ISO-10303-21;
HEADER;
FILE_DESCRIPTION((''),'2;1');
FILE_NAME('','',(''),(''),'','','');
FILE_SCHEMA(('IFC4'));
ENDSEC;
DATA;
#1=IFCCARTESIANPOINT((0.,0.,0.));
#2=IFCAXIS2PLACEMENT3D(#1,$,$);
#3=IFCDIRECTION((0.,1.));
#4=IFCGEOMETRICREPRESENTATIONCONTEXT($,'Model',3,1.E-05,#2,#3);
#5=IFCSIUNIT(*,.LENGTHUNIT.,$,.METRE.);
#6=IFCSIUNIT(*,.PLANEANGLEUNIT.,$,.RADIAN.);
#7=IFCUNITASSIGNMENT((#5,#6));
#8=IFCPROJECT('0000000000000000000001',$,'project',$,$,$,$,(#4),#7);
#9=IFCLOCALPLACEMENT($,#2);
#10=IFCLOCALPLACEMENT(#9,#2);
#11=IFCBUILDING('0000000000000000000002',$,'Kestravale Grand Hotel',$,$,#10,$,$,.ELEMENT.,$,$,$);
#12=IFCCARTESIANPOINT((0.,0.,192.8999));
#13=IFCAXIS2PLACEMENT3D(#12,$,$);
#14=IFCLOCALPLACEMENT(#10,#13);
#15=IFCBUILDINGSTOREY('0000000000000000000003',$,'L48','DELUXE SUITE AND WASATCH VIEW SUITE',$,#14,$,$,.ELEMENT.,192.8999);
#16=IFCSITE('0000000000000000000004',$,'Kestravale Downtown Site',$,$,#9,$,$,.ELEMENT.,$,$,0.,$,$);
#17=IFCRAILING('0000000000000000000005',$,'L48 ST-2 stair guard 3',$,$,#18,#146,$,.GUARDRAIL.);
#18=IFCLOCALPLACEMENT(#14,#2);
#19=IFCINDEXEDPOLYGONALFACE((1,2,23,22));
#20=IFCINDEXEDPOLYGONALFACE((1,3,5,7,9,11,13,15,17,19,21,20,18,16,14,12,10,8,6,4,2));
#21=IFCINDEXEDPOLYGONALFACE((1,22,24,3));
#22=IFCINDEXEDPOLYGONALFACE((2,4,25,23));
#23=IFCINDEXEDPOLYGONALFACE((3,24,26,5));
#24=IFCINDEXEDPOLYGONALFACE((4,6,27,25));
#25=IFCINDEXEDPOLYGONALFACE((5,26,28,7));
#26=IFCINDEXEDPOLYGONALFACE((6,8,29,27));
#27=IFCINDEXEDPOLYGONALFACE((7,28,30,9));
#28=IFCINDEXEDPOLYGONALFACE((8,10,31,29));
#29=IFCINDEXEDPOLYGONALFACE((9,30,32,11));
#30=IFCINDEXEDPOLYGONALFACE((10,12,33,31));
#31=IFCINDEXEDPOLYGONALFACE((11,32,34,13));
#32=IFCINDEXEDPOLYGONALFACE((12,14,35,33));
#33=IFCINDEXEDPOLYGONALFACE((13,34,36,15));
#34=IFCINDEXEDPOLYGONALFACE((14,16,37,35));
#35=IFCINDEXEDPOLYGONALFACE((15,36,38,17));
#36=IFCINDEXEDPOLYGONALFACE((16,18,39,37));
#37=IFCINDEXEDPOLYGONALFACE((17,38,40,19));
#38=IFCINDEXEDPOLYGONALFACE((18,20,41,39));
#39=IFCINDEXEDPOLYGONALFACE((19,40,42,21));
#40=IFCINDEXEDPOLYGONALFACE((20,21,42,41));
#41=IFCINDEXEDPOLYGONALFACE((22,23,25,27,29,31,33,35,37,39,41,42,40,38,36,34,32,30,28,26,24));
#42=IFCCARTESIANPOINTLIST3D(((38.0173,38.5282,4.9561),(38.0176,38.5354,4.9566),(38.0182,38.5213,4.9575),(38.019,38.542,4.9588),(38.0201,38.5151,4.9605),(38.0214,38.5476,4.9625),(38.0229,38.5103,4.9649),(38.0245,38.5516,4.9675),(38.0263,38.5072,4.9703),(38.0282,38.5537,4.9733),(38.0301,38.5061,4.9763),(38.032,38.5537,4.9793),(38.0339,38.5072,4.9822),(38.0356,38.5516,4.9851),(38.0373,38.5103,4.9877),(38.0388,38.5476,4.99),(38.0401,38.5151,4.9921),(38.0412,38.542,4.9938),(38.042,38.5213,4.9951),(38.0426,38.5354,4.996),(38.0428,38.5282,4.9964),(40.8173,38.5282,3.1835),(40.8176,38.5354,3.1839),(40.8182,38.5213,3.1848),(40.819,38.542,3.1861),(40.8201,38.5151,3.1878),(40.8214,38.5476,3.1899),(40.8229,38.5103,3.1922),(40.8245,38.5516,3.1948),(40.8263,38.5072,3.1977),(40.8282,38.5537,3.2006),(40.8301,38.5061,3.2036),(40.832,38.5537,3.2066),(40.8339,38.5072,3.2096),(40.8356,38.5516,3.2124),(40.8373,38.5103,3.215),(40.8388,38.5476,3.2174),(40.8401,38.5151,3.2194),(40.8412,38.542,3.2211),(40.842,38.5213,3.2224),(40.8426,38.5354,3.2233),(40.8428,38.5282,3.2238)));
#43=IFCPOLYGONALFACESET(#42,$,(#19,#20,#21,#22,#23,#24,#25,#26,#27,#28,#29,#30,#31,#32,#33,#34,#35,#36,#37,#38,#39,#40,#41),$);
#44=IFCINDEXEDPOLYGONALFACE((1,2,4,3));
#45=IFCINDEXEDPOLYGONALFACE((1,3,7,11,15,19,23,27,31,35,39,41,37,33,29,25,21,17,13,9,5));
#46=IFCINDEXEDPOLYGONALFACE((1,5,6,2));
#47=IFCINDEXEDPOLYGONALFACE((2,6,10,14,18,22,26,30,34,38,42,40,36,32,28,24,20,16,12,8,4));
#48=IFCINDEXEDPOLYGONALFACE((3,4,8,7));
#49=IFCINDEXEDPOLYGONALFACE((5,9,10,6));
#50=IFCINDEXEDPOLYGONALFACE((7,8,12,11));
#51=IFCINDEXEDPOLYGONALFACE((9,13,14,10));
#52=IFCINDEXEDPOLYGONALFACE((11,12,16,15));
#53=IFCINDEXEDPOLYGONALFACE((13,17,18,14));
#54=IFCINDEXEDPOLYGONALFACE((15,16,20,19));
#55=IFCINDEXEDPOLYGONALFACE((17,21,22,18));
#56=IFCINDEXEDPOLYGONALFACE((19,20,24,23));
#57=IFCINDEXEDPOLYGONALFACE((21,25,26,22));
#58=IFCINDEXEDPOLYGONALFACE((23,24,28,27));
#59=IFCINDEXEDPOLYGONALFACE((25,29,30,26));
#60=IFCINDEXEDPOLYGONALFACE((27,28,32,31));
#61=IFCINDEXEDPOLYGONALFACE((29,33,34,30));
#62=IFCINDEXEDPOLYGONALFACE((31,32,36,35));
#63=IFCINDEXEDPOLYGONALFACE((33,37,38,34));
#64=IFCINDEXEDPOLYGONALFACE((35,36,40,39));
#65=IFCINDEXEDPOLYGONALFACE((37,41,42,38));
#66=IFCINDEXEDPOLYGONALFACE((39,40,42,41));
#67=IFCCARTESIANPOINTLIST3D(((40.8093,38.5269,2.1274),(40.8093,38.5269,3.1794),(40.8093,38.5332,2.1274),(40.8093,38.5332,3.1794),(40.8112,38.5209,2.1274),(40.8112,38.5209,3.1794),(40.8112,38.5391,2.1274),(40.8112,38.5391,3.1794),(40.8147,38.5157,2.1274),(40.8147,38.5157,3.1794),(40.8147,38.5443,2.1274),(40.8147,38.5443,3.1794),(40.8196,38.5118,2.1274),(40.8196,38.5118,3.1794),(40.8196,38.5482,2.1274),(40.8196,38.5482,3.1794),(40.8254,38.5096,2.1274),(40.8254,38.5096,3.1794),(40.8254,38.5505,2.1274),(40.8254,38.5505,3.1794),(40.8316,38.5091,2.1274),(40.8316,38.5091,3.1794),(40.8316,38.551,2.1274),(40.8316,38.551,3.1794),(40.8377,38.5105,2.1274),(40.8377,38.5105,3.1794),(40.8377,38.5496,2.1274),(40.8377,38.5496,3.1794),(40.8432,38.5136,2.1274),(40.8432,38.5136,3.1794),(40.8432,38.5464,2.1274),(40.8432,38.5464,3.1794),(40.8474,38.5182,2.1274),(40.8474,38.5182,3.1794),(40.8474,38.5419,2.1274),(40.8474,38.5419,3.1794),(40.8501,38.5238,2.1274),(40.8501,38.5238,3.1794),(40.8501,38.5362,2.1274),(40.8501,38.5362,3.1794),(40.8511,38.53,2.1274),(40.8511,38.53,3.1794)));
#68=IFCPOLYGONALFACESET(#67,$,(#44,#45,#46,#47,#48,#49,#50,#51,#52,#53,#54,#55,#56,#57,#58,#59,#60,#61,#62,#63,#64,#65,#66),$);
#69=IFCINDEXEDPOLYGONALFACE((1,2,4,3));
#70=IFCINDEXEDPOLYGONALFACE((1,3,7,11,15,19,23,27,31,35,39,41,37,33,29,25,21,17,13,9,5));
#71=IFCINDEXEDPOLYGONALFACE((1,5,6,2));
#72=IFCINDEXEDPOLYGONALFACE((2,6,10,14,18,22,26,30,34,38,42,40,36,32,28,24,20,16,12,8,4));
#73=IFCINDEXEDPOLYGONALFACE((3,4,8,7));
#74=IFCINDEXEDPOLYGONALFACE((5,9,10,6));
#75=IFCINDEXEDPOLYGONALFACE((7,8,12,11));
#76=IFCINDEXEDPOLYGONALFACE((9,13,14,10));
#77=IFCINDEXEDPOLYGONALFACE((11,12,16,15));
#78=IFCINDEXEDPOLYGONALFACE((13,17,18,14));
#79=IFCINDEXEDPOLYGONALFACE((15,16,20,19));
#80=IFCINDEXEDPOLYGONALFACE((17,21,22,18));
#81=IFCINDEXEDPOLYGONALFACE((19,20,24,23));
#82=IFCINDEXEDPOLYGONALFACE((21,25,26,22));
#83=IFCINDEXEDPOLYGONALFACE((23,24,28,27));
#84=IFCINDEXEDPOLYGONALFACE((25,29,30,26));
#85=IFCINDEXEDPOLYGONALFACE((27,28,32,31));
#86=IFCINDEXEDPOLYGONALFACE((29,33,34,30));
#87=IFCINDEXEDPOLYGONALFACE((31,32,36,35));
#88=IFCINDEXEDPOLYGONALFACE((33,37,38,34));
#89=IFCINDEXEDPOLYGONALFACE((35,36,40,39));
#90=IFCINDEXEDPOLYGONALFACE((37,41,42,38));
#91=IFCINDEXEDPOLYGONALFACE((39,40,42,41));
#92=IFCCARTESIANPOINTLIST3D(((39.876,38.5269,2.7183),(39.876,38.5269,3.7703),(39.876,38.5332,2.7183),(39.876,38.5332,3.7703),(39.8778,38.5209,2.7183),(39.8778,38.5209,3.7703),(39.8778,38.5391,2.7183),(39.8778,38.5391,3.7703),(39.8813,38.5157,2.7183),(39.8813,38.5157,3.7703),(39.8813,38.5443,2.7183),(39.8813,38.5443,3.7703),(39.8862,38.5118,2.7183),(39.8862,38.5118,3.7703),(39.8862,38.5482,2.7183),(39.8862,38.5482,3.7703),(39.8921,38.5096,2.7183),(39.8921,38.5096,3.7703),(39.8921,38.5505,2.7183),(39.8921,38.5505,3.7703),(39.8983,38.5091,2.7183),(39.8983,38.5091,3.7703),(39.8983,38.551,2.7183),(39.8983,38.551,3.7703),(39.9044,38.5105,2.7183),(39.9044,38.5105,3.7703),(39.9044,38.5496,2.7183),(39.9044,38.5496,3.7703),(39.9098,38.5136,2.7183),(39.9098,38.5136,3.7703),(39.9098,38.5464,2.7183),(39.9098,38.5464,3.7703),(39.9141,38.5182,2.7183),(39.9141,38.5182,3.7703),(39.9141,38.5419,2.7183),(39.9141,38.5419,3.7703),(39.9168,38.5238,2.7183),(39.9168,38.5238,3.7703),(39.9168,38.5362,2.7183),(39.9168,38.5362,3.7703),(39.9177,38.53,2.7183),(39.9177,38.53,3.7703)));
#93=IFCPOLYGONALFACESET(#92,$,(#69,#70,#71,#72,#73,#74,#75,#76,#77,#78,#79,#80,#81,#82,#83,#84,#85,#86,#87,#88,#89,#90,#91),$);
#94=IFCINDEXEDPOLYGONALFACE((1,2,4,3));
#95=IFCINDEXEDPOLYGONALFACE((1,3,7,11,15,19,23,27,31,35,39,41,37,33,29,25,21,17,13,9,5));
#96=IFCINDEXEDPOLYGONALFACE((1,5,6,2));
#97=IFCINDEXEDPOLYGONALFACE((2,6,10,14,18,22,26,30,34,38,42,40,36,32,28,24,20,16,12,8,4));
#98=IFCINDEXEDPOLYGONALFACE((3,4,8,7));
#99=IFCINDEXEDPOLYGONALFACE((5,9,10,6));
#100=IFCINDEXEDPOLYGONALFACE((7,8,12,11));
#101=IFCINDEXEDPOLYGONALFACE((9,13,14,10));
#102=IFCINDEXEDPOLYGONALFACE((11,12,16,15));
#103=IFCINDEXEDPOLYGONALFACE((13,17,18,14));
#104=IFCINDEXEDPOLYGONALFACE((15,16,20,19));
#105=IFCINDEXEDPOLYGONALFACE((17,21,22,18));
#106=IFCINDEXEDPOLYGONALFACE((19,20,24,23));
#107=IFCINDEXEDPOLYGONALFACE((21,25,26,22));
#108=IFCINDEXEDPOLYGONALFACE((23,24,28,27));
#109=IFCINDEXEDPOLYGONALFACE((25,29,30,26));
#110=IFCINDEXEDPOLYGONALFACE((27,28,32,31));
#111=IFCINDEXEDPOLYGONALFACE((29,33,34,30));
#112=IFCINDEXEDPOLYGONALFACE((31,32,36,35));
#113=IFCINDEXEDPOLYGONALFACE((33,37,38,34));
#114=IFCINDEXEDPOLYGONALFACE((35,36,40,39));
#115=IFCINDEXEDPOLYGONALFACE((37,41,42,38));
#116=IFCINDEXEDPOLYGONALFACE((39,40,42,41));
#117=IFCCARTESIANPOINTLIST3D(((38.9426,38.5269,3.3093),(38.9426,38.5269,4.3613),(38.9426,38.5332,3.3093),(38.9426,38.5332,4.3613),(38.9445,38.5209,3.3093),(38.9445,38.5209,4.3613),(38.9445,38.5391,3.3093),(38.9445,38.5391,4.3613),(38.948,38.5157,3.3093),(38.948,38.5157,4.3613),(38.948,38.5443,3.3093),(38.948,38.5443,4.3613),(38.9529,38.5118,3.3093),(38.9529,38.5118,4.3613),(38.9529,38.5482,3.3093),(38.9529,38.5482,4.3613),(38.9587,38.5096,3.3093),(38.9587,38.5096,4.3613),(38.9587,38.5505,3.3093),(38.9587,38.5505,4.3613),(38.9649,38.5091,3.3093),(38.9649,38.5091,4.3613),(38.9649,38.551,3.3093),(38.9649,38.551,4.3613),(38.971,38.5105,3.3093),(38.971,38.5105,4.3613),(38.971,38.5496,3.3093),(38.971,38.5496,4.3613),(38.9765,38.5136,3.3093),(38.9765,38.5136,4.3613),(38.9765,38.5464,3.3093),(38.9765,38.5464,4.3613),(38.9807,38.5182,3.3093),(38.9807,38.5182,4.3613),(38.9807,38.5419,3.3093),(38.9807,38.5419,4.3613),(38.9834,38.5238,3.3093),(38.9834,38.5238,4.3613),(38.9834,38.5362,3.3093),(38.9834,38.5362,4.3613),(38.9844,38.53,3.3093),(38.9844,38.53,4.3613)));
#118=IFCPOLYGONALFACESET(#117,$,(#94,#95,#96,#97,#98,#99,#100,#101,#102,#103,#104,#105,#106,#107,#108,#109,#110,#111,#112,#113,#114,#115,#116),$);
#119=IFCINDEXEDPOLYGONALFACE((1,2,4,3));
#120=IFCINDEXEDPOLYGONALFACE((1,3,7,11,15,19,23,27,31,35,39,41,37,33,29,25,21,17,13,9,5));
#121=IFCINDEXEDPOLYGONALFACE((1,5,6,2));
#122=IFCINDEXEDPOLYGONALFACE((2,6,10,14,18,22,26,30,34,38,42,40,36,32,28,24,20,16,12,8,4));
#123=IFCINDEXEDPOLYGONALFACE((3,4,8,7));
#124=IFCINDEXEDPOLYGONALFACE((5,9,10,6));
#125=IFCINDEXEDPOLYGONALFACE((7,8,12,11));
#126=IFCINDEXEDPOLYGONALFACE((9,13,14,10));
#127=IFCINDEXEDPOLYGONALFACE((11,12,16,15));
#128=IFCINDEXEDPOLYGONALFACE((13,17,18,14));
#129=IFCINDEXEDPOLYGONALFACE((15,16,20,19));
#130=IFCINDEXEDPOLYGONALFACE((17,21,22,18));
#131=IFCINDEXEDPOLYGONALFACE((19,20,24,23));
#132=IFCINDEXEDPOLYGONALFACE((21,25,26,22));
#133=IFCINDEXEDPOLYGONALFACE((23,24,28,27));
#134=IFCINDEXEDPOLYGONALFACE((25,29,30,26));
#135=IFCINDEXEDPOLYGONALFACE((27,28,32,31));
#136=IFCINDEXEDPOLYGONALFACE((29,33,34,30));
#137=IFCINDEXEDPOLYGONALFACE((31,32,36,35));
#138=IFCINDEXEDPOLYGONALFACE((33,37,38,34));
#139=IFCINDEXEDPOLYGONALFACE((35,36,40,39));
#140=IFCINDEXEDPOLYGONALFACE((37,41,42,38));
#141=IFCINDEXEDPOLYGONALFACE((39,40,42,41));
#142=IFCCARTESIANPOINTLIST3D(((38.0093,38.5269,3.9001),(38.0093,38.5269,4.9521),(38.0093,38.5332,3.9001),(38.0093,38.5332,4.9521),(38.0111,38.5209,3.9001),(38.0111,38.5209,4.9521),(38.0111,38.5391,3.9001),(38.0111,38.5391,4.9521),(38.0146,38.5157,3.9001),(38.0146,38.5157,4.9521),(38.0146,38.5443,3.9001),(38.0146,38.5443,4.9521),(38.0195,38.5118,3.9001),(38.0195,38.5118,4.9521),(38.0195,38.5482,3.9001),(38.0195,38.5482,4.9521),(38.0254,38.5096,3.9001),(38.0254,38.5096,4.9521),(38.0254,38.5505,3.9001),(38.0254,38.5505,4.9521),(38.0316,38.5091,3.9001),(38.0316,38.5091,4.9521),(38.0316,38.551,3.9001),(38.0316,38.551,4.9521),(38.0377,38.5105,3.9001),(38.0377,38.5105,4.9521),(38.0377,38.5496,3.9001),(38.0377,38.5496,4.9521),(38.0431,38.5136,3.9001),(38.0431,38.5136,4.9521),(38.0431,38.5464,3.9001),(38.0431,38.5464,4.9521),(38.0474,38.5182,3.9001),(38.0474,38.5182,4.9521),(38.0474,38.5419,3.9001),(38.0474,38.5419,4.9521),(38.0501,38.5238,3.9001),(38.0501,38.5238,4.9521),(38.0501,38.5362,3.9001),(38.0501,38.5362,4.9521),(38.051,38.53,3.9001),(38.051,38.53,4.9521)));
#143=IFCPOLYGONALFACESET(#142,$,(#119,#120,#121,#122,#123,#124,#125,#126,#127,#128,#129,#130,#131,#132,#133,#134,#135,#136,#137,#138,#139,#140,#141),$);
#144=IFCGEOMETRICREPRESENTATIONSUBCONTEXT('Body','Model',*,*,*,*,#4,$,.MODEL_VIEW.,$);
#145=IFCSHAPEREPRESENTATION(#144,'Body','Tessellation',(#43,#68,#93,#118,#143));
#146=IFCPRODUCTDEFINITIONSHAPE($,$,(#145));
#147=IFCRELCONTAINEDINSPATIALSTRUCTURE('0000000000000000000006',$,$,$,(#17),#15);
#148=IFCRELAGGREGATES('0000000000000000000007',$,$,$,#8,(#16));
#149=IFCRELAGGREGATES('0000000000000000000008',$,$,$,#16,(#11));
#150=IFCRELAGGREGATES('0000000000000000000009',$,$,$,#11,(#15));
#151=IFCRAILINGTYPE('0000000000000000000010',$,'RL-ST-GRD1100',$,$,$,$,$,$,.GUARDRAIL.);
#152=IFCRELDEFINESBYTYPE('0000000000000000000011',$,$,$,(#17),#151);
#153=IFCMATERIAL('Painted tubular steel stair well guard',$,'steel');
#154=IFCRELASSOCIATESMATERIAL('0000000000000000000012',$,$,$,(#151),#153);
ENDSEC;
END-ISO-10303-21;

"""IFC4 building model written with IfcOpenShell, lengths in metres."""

from ifc_helpers import new_model, si_unit, direction, frame, origin, origin_2d, place, context, subcontext, project, spatial, circle, extrude, material, type_object, element, save


model = new_model("IFC4")

# Units and contexts
model_context = context("Model", 3, precision=1e-05, world=origin(), true_north=direction((0.0, 1.0)))
body_context = subcontext(model_context, "Body", "Model", "MODEL_VIEW")
ifc_project = project(units=[si_unit("LENGTHUNIT", "METRE"), si_unit("PLANEANGLEUNIT", "RADIAN")], contexts=[model_context])

# Site, building, storey
site_placement = place(None, origin())
site = spatial("IfcSite", under=ifc_project, at=site_placement, Name="Kestravale Downtown Site", CompositionType="ELEMENT", RefElevation=0.0)
building_placement = place(site_placement, origin())
building = spatial("IfcBuilding", under=site, at=building_placement, Name="Kestravale Grand Hotel", CompositionType="ELEMENT")
storey_placement = place(building_placement, frame((0.0, 0.0, 192.8999)))
storey = spatial("IfcBuildingStorey", under=building, at=storey_placement, Name="L48", Description="DELUXE SUITE AND WASATCH VIEW SUITE", CompositionType="ELEMENT", Elevation=192.8999)

# Railing
ifc_material_1 = material(Name="Painted tubular steel stair well guard", Category="steel")
railing_type_1 = type_object("IfcRailingType", Name="RL-ST-GRD1100", PredefinedType="GUARDRAIL", material=ifc_material_1)
railing_1_placement = place(storey_placement, frame((40.8301, 38.53, 2.1274)))
element("IfcRailing", 1, at=railing_1_placement, inside=storey, type_object=railing_type_1, Name="L48 ST-2 stair guard 3", PredefinedType="GUARDRAIL", context=body_context, shape_type="SweptSolid", body=[
    extrude(circle(Radius=0.0239, at=origin_2d()), frame((0.0, 0.0, 1.0762), z_axis=(-0.844909, 0.0, 0.53491), x_axis=(0.0, -1.0, 0.0)), (0.0, 0.0, 1.0), 3.314),
    extrude(circle(Radius=0.021, at=origin_2d()), origin(), (0.0, 0.0, 1.0), 1.052),
    extrude(circle(Radius=0.021, at=origin_2d()), frame((-0.9333, 0.0, 0.5908)), (0.0, 0.0, 1.0), 1.052),
    extrude(circle(Radius=0.021, at=origin_2d()), frame((-1.8667, 0.0, 1.1819)), (0.0, 0.0, 1.0), 1.052),
    extrude(circle(Radius=0.021, at=origin_2d()), frame((-2.8, 0.0, 1.7727)), (0.0, 0.0, 1.0), 1.052),
])

save(model, "model.ifc")
